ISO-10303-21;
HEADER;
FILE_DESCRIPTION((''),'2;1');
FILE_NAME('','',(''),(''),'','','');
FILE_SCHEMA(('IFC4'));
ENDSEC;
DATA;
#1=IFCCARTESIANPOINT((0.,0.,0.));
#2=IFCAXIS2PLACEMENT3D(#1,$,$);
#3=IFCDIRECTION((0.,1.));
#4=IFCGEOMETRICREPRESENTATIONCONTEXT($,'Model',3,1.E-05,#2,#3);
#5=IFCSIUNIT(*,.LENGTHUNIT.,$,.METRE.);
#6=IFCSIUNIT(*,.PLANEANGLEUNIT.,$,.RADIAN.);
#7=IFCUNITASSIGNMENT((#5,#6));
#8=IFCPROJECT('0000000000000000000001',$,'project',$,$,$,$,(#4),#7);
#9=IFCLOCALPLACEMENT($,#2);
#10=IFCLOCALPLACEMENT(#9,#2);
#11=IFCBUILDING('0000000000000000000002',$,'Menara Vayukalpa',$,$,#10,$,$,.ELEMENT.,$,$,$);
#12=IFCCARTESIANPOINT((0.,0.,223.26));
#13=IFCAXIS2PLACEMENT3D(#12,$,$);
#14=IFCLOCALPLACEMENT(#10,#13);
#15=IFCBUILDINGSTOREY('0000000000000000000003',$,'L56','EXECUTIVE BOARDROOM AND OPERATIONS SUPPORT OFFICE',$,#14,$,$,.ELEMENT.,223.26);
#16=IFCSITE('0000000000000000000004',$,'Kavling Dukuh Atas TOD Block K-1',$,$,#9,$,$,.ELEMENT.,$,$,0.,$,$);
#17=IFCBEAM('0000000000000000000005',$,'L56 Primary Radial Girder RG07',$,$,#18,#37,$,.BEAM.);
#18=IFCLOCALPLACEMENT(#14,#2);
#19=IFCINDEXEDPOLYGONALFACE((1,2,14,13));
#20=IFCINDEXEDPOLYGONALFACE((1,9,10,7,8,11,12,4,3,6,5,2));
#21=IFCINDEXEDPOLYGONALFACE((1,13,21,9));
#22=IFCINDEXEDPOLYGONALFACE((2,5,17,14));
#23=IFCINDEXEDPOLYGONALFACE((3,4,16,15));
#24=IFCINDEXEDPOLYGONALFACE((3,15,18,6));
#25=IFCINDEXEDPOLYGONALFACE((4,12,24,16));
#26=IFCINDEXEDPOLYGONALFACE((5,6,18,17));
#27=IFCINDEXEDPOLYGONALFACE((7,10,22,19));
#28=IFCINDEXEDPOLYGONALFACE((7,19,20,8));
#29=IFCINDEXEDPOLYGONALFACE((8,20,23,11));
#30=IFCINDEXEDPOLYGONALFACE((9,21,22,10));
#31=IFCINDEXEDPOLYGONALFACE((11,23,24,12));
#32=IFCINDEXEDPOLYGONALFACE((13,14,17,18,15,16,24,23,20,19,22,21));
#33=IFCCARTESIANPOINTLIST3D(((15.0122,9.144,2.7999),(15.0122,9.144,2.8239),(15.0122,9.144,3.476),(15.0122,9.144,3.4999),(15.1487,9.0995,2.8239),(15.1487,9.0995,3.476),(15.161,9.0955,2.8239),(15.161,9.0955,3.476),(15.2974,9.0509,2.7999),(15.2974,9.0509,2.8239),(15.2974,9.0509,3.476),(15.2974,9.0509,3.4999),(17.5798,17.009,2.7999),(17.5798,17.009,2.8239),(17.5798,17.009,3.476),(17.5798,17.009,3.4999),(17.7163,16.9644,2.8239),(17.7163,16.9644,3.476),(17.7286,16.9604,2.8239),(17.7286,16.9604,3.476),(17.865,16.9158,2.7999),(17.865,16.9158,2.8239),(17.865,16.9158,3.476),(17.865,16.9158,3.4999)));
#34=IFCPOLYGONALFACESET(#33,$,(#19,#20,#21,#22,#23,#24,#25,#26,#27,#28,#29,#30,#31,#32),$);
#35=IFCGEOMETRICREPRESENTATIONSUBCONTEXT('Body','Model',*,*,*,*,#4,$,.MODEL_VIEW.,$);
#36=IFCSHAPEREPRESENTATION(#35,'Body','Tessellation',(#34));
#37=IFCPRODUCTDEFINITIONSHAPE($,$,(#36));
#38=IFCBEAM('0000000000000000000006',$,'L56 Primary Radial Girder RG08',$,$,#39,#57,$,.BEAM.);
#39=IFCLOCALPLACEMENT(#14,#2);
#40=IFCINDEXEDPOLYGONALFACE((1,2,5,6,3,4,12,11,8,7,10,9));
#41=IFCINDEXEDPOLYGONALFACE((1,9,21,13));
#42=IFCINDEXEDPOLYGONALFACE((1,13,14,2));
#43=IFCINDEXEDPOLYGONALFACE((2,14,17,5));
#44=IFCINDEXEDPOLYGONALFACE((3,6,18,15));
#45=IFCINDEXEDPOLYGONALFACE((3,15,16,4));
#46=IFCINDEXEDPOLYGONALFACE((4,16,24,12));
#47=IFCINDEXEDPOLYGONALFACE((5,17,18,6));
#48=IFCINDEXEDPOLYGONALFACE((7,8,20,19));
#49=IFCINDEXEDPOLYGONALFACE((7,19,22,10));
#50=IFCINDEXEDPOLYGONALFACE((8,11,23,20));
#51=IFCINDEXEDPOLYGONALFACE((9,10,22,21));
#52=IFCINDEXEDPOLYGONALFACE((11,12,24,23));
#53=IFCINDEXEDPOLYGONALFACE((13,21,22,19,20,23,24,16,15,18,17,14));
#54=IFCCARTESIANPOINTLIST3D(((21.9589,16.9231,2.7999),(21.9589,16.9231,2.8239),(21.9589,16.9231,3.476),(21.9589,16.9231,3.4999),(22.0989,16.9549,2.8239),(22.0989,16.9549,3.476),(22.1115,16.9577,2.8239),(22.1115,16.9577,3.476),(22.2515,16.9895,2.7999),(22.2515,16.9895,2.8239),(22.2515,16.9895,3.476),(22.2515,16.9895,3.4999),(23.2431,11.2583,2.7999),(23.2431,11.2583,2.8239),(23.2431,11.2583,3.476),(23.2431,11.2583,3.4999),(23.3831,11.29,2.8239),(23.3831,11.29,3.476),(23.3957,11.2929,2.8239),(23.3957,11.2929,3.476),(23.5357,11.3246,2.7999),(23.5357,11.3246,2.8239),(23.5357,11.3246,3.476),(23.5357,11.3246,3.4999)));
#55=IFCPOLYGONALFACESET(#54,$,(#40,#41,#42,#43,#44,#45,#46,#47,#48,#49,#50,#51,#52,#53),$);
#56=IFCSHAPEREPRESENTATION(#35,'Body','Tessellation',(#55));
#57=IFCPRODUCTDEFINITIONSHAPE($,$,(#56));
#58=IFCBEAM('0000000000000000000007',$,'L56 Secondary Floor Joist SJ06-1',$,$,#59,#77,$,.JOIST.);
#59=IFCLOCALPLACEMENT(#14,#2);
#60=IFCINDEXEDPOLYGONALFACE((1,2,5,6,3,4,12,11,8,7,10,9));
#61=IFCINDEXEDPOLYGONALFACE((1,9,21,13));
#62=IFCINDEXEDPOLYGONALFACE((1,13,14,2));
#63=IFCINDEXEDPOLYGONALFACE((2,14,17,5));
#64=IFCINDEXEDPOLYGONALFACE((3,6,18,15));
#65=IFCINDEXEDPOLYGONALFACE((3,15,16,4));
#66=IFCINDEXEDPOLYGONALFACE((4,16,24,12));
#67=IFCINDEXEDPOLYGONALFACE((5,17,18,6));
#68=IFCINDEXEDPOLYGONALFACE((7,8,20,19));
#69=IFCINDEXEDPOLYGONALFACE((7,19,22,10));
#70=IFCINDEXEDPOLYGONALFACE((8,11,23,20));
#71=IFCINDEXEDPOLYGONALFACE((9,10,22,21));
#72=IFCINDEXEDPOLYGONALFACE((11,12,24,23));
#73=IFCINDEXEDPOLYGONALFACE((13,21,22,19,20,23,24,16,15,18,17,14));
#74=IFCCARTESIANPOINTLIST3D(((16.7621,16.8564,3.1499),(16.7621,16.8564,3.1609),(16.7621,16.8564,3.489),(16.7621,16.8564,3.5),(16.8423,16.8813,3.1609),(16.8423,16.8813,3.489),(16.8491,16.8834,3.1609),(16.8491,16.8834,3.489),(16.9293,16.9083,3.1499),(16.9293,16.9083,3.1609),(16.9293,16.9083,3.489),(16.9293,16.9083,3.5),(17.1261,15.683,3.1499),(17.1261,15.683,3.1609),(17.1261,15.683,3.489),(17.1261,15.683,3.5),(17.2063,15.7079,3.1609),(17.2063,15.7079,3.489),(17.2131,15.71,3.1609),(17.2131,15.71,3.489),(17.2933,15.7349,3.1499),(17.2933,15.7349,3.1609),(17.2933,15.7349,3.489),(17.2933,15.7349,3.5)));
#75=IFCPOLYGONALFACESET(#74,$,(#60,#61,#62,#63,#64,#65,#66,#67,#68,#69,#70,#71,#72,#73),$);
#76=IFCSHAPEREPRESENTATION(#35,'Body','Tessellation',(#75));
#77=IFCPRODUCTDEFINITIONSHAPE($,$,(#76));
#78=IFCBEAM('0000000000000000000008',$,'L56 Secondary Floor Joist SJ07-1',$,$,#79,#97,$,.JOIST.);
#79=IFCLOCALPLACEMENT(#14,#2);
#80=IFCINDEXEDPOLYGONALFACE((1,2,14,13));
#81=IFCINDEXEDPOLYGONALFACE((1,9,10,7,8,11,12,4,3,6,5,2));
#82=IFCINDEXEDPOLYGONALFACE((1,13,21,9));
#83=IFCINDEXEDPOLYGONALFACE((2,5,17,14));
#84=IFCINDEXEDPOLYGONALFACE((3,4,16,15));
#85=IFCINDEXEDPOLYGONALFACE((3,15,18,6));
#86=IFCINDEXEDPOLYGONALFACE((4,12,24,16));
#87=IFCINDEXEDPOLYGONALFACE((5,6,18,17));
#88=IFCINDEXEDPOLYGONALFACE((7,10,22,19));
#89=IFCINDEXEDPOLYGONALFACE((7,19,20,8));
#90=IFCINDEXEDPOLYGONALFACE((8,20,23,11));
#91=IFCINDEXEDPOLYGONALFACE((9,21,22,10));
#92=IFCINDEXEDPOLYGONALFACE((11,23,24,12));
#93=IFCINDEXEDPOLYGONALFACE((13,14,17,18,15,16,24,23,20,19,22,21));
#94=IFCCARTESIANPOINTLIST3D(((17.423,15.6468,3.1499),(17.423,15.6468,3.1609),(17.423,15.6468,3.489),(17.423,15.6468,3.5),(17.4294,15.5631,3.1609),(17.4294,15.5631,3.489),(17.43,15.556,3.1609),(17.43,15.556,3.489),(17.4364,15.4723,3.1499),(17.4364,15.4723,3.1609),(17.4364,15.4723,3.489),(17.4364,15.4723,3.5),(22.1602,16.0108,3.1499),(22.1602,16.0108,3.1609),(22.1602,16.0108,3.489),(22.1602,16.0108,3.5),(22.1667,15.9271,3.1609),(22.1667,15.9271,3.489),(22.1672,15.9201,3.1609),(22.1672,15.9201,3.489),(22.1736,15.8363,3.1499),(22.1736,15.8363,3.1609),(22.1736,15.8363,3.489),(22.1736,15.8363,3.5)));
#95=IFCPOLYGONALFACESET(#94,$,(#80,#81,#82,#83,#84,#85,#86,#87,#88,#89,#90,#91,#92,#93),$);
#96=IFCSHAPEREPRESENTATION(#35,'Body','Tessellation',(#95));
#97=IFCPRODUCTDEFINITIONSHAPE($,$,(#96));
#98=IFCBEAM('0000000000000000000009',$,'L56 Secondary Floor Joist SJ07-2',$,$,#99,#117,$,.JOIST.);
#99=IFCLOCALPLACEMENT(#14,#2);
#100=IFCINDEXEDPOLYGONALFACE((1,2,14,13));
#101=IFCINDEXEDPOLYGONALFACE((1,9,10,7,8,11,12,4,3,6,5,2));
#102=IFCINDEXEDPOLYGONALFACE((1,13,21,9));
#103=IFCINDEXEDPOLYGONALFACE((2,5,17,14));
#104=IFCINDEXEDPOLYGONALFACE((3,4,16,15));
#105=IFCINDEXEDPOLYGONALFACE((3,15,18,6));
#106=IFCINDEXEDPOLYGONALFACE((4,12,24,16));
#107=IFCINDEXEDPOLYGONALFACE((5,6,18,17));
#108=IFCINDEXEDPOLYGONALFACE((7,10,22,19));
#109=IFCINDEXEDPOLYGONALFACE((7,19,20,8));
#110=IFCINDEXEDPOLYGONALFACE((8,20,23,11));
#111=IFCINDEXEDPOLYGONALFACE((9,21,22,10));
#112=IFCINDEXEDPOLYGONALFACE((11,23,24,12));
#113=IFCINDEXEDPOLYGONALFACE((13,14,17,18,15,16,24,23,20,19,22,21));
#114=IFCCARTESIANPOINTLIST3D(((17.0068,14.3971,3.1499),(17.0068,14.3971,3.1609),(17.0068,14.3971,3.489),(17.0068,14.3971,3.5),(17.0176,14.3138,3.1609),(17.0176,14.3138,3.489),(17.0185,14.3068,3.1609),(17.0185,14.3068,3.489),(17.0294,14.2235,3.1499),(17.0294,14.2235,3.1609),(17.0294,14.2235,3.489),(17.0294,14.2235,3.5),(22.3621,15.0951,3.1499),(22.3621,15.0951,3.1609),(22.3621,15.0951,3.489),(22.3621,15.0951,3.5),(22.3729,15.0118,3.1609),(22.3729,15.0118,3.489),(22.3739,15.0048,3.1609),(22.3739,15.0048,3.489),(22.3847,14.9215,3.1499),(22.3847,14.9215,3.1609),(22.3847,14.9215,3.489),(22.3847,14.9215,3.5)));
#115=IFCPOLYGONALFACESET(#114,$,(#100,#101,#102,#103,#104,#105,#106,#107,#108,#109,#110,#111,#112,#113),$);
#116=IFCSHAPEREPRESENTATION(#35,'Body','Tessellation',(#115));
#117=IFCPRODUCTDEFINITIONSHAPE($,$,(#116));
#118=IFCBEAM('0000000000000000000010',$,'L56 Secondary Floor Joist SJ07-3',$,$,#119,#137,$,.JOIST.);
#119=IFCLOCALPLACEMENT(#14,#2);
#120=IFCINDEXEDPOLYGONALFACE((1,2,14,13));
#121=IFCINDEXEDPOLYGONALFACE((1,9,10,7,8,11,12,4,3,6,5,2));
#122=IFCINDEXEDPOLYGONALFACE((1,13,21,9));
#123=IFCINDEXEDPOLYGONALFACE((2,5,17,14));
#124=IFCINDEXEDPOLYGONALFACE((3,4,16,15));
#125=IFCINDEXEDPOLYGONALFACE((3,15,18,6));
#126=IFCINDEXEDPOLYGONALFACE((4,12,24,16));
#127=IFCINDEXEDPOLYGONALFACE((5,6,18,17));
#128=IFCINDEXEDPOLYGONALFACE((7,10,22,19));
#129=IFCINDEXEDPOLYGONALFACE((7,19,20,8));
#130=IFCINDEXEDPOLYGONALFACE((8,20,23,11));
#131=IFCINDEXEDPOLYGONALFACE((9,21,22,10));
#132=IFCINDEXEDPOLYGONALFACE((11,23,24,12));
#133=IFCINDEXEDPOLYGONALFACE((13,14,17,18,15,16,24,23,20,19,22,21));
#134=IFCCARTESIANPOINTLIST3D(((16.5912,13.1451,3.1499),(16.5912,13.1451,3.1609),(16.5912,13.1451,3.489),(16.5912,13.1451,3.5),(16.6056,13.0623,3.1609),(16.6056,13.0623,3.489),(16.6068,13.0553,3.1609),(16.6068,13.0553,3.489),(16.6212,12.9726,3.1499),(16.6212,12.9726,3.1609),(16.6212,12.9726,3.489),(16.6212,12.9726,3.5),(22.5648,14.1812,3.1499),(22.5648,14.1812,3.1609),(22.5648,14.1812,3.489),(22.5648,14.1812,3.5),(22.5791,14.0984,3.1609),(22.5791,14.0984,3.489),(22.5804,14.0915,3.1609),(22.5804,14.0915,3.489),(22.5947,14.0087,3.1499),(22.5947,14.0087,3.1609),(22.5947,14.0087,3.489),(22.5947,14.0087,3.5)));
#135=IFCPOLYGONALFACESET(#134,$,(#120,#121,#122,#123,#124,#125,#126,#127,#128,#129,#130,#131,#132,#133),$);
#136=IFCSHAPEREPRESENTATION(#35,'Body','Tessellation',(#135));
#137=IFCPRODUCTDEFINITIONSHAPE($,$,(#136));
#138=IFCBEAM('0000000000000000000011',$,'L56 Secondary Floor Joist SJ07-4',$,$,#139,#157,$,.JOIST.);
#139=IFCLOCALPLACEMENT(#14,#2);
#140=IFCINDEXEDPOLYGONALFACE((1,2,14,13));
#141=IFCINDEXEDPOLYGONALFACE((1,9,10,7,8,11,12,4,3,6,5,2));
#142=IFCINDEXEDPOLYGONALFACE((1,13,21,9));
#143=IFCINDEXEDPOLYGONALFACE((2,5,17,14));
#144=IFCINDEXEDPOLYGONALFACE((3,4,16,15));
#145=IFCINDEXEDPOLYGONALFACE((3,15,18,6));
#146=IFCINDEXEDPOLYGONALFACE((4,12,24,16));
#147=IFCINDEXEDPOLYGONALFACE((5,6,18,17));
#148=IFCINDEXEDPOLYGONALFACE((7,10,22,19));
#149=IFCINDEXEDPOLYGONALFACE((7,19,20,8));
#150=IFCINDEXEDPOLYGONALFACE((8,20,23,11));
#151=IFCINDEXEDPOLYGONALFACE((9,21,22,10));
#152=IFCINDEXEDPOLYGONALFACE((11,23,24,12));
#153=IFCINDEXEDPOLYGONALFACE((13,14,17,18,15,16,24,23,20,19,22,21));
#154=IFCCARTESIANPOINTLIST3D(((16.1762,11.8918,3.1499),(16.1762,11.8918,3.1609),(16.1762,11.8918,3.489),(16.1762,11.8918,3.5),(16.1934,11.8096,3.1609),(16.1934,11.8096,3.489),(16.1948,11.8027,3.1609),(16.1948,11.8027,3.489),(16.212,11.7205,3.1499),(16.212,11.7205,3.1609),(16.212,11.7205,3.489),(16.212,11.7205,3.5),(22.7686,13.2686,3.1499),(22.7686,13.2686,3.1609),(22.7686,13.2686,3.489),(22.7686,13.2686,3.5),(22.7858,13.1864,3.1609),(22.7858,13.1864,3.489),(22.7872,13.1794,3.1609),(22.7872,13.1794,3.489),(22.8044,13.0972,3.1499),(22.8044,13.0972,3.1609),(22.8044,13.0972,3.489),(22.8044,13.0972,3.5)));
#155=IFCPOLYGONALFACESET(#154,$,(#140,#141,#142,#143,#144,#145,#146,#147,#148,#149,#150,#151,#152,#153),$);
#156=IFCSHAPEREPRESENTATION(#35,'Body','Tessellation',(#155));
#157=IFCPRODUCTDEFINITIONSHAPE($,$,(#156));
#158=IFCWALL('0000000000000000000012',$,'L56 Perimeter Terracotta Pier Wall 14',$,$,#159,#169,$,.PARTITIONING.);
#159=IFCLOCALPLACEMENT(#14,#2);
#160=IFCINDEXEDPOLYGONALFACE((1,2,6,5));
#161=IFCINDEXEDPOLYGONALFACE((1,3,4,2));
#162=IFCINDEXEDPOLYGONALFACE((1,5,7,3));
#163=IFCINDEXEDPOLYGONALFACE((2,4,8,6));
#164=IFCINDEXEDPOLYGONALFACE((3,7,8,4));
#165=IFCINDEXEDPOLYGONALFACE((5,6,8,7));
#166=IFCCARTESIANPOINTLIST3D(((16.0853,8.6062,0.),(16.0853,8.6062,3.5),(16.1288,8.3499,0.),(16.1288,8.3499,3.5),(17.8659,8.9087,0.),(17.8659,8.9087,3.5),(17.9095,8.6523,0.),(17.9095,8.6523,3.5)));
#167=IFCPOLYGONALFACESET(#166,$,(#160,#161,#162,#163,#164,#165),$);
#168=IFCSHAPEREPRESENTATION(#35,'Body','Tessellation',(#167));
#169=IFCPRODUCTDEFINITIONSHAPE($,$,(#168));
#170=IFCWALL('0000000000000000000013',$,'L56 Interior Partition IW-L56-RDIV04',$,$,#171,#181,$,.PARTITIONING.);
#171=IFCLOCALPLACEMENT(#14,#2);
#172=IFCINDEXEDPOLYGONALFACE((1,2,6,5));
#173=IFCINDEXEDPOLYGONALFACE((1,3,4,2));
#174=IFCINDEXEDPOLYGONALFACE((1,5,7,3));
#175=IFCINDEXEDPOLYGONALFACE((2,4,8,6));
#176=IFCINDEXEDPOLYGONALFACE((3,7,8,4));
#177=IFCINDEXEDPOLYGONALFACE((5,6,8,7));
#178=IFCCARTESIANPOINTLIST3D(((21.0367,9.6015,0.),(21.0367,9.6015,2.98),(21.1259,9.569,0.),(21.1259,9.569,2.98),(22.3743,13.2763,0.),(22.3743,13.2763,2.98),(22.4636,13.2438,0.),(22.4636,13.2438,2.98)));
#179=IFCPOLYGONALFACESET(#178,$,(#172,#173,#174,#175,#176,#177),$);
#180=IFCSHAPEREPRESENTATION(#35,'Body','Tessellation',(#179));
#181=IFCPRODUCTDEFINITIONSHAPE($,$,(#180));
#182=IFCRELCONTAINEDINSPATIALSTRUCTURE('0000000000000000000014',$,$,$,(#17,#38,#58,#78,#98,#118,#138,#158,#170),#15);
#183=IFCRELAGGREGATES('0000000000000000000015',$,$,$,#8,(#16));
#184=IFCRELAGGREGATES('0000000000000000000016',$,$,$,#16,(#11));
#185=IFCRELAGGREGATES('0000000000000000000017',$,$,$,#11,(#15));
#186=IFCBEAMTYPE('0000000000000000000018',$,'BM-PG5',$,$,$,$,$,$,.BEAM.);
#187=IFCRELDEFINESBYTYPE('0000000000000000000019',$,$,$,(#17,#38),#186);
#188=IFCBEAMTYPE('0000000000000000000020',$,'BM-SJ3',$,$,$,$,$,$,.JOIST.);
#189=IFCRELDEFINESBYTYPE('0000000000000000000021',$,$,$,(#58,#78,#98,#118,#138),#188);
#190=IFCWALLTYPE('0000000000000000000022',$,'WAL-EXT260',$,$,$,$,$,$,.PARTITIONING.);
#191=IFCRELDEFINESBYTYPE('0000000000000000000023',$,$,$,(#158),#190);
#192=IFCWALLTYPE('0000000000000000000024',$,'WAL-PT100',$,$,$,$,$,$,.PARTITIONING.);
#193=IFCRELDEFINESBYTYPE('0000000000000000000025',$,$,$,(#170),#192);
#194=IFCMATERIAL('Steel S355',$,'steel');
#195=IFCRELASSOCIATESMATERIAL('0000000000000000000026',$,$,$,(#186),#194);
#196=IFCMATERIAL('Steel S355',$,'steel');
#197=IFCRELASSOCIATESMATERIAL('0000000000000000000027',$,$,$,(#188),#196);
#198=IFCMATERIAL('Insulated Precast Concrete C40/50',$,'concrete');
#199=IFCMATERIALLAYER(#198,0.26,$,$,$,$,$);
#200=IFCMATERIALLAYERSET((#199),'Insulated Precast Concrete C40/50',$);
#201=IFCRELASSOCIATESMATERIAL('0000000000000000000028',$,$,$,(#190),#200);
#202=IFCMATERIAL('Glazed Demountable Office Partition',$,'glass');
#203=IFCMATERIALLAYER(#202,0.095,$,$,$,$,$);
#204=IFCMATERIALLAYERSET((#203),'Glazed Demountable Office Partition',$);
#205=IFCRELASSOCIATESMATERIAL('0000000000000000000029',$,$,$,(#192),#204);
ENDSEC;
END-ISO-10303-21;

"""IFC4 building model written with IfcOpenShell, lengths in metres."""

from ifc_helpers import new_model, si_unit, direction, frame, frame_2d, origin, origin_2d, place, context, subcontext, project, spatial, rectangle, i_section, extrude, material, layer, layer_set, material_profile, profile_set, type_object, element, save


model = new_model("IFC4")

# Units and contexts
model_context = context("Model", 3, precision=1e-05, world=origin(), true_north=direction((0.0, 1.0)))
body_context = subcontext(model_context, "Body", "Model", "MODEL_VIEW")
ifc_project = project(units=[si_unit("LENGTHUNIT", "METRE"), si_unit("PLANEANGLEUNIT", "RADIAN")], contexts=[model_context])

# Site, building, storey
site_placement = place(None, origin())
site = spatial("IfcSite", under=ifc_project, at=site_placement, Name="Kavling Dukuh Atas TOD Block K-1", CompositionType="ELEMENT", RefElevation=0.0)
building_placement = place(site_placement, origin())
building = spatial("IfcBuilding", under=site, at=building_placement, Name="Menara Vayukalpa", CompositionType="ELEMENT")
storey_placement = place(building_placement, frame((0.0, 0.0, 223.26)))
storey = spatial("IfcBuildingStorey", under=building, at=storey_placement, Name="L56", Description="EXECUTIVE BOARDROOM AND OPERATIONS SUPPORT OFFICE", CompositionType="ELEMENT", Elevation=223.26)

# Beams
ifc_material_1 = material(Name="Steel S355", Category="steel")
ifc_material_profile_1 = material_profile(ifc_material_1, i_section(OverallWidth=0.3, OverallDepth=0.7, WebThickness=0.0129, FlangeThickness=0.0239, at=origin_2d()), Name="WF 700x300x13x24")
ifc_profile_set_1 = profile_set([ifc_material_profile_1], Name="Steel S355")
beam_type_1 = type_object("IfcBeamType", Name="BM-PG5", PredefinedType="BEAM", material=ifc_profile_set_1)
beam_1_placement = place(storey_placement, frame((17.7224, 16.9624, 3.1499), z_axis=(-0.310344, -0.950624, 0.0), x_axis=(0.950624, -0.310344, 0.0)))
element("IfcBeam", 1, at=beam_1_placement, inside=storey, type_object=beam_type_1, Name="L56 Primary Radial Girder RG07", PredefinedType="BEAM", context=body_context, shape_type="SweptSolid", body=[
    extrude(i_section(OverallWidth=0.3, OverallDepth=0.7, WebThickness=0.0129, FlangeThickness=0.0239, at=origin_2d()), origin(), (0.0, 0.0, 1.0), 8.2734),
])
beam_2_placement = place(storey_placement, frame((22.1052, 16.9563, 3.1499), z_axis=(0.221085, -0.975255, 0.0), x_axis=(0.975255, 0.221085, 0.0)))
element("IfcBeam", 2, at=beam_2_placement, inside=storey, type_object=beam_type_1, Name="L56 Primary Radial Girder RG08", PredefinedType="BEAM", context=body_context, shape_type="SweptSolid", body=[
    extrude(i_section(OverallWidth=0.3, OverallDepth=0.7, WebThickness=0.0129, FlangeThickness=0.0239, at=origin_2d()), origin(), (0.0, 0.0, 1.0), 5.8086),
])
ifc_material_2 = material(Name="Steel S355", Category="steel")
ifc_material_profile_2 = material_profile(ifc_material_2, i_section(OverallWidth=0.175, OverallDepth=0.3501, WebThickness=0.0071, FlangeThickness=0.011, at=origin_2d()), Name="WF 350x175x7x11")
ifc_profile_set_2 = profile_set([ifc_material_profile_2], Name="Steel S355")
beam_type_2 = type_object("IfcBeamType", Name="BM-SJ3", PredefinedType="JOIST", material=ifc_profile_set_2)
beam_3_placement = place(storey_placement, frame((16.8457, 16.8823, 3.325), z_axis=(0.296305, -0.955093, 0.0), x_axis=(0.955093, 0.296305, 0.0)))
element("IfcBeam", 3, at=beam_3_placement, inside=storey, type_object=beam_type_2, Name="L56 Secondary Floor Joist SJ06-1", PredefinedType="JOIST", context=body_context, shape_type="SweptSolid", body=[
    extrude(i_section(OverallWidth=0.175, OverallDepth=0.3501, WebThickness=0.0071, FlangeThickness=0.011, at=origin_2d()), origin(), (0.0, 0.0, 1.0), 1.2285),
])
beam_4_placement = place(storey_placement, frame((17.4297, 15.5596, 3.325), z_axis=(0.997061, 0.076614, 0.0), x_axis=(-0.076614, 0.997061, 0.0)))
element("IfcBeam", 4, at=beam_4_placement, inside=storey, type_object=beam_type_2, Name="L56 Secondary Floor Joist SJ07-1", PredefinedType="JOIST", context=body_context, shape_type="SweptSolid", body=[
    extrude(i_section(OverallWidth=0.175, OverallDepth=0.3501, WebThickness=0.0071, FlangeThickness=0.011, at=origin_2d()), origin(), (0.0, 0.0, 1.0), 4.7512),
])
beam_5_placement = place(storey_placement, frame((17.0181, 14.3103, 3.325), z_axis=(0.991613, 0.129246, 0.0), x_axis=(-0.129246, 0.991613, 0.0)))
element("IfcBeam", 5, at=beam_5_placement, inside=storey, type_object=beam_type_2, Name="L56 Secondary Floor Joist SJ07-2", PredefinedType="JOIST", context=body_context, shape_type="SweptSolid", body=[
    extrude(i_section(OverallWidth=0.175, OverallDepth=0.3501, WebThickness=0.0071, FlangeThickness=0.011, at=origin_2d()), origin(), (0.0, 0.0, 1.0), 5.4006),
])
beam_6_placement = place(storey_placement, frame((16.6062, 13.0588, 3.325), z_axis=(0.985288, 0.170899, 0.0), x_axis=(-0.170899, 0.985288, 0.0)))
element("IfcBeam", 6, at=beam_6_placement, inside=storey, type_object=beam_type_2, Name="L56 Secondary Floor Joist SJ07-3", PredefinedType="JOIST", context=body_context, shape_type="SweptSolid", body=[
    extrude(i_section(OverallWidth=0.175, OverallDepth=0.3501, WebThickness=0.0071, FlangeThickness=0.011, at=origin_2d()), origin(), (0.0, 0.0, 1.0), 6.0627),
])
beam_7_placement = place(storey_placement, frame((16.1941, 11.8062, 3.325), z_axis=(0.978882, 0.204426, 0.0), x_axis=(-0.204426, 0.978882, 0.0)))
element("IfcBeam", 7, at=beam_7_placement, inside=storey, type_object=beam_type_2, Name="L56 Secondary Floor Joist SJ07-4", PredefinedType="JOIST", context=body_context, shape_type="SweptSolid", body=[
    extrude(i_section(OverallWidth=0.175, OverallDepth=0.3501, WebThickness=0.0071, FlangeThickness=0.011, at=origin_2d()), origin(), (0.0, 0.0, 1.0), 6.7346),
])

# Walls
ifc_material_3 = material(Name="Insulated Precast Concrete C40/50", Category="concrete")
ifc_layer_1 = layer(ifc_material_3, 0.26)
ifc_layer_set_1 = layer_set([ifc_layer_1], Name="Insulated Precast Concrete C40/50")
wall_type_1 = type_object("IfcWallType", Name="WAL-EXT260", PredefinedType="PARTITIONING", material=ifc_layer_set_1)
wall_1_placement = place(storey_placement, frame((17.8877, 8.7805, 0.0), z_axis=(0.0, 0.0, 1.0), x_axis=(-0.985878, -0.167467, 0.0)))
element("IfcWall", 8, at=wall_1_placement, inside=storey, type_object=wall_type_1, Name="L56 Perimeter Terracotta Pier Wall 14", PredefinedType="PARTITIONING", context=body_context, shape_type="SweptSolid", body=[
    extrude(rectangle(XDim=1.8062, YDim=0.26, at=frame_2d((0.9031, 0.0))), origin(), (0.0, 0.0, 1.0), 3.5),
])
ifc_material_4 = material(Name="Glazed Demountable Office Partition", Category="glass")
ifc_layer_2 = layer(ifc_material_4, 0.095)
ifc_layer_set_2 = layer_set([ifc_layer_2], Name="Glazed Demountable Office Partition")
wall_type_2 = type_object("IfcWallType", Name="WAL-PT100", PredefinedType="PARTITIONING", material=ifc_layer_set_2)
wall_2_placement = place(storey_placement, frame((22.4189, 13.26, 0.0), z_axis=(0.0, 0.0, 1.0), x_axis=(-0.342049, -0.939682, 0.0)))
element("IfcWall", 9, at=wall_2_placement, inside=storey, type_object=wall_type_2, Name="L56 Interior Partition IW-L56-RDIV04", PredefinedType="PARTITIONING", context=body_context, shape_type="SweptSolid", body=[
    extrude(rectangle(XDim=3.9106, YDim=0.095, at=frame_2d((1.9553, 0.0))), origin(), (0.0, 0.0, 1.0), 2.98),
])

save(model, "model.ifc")
